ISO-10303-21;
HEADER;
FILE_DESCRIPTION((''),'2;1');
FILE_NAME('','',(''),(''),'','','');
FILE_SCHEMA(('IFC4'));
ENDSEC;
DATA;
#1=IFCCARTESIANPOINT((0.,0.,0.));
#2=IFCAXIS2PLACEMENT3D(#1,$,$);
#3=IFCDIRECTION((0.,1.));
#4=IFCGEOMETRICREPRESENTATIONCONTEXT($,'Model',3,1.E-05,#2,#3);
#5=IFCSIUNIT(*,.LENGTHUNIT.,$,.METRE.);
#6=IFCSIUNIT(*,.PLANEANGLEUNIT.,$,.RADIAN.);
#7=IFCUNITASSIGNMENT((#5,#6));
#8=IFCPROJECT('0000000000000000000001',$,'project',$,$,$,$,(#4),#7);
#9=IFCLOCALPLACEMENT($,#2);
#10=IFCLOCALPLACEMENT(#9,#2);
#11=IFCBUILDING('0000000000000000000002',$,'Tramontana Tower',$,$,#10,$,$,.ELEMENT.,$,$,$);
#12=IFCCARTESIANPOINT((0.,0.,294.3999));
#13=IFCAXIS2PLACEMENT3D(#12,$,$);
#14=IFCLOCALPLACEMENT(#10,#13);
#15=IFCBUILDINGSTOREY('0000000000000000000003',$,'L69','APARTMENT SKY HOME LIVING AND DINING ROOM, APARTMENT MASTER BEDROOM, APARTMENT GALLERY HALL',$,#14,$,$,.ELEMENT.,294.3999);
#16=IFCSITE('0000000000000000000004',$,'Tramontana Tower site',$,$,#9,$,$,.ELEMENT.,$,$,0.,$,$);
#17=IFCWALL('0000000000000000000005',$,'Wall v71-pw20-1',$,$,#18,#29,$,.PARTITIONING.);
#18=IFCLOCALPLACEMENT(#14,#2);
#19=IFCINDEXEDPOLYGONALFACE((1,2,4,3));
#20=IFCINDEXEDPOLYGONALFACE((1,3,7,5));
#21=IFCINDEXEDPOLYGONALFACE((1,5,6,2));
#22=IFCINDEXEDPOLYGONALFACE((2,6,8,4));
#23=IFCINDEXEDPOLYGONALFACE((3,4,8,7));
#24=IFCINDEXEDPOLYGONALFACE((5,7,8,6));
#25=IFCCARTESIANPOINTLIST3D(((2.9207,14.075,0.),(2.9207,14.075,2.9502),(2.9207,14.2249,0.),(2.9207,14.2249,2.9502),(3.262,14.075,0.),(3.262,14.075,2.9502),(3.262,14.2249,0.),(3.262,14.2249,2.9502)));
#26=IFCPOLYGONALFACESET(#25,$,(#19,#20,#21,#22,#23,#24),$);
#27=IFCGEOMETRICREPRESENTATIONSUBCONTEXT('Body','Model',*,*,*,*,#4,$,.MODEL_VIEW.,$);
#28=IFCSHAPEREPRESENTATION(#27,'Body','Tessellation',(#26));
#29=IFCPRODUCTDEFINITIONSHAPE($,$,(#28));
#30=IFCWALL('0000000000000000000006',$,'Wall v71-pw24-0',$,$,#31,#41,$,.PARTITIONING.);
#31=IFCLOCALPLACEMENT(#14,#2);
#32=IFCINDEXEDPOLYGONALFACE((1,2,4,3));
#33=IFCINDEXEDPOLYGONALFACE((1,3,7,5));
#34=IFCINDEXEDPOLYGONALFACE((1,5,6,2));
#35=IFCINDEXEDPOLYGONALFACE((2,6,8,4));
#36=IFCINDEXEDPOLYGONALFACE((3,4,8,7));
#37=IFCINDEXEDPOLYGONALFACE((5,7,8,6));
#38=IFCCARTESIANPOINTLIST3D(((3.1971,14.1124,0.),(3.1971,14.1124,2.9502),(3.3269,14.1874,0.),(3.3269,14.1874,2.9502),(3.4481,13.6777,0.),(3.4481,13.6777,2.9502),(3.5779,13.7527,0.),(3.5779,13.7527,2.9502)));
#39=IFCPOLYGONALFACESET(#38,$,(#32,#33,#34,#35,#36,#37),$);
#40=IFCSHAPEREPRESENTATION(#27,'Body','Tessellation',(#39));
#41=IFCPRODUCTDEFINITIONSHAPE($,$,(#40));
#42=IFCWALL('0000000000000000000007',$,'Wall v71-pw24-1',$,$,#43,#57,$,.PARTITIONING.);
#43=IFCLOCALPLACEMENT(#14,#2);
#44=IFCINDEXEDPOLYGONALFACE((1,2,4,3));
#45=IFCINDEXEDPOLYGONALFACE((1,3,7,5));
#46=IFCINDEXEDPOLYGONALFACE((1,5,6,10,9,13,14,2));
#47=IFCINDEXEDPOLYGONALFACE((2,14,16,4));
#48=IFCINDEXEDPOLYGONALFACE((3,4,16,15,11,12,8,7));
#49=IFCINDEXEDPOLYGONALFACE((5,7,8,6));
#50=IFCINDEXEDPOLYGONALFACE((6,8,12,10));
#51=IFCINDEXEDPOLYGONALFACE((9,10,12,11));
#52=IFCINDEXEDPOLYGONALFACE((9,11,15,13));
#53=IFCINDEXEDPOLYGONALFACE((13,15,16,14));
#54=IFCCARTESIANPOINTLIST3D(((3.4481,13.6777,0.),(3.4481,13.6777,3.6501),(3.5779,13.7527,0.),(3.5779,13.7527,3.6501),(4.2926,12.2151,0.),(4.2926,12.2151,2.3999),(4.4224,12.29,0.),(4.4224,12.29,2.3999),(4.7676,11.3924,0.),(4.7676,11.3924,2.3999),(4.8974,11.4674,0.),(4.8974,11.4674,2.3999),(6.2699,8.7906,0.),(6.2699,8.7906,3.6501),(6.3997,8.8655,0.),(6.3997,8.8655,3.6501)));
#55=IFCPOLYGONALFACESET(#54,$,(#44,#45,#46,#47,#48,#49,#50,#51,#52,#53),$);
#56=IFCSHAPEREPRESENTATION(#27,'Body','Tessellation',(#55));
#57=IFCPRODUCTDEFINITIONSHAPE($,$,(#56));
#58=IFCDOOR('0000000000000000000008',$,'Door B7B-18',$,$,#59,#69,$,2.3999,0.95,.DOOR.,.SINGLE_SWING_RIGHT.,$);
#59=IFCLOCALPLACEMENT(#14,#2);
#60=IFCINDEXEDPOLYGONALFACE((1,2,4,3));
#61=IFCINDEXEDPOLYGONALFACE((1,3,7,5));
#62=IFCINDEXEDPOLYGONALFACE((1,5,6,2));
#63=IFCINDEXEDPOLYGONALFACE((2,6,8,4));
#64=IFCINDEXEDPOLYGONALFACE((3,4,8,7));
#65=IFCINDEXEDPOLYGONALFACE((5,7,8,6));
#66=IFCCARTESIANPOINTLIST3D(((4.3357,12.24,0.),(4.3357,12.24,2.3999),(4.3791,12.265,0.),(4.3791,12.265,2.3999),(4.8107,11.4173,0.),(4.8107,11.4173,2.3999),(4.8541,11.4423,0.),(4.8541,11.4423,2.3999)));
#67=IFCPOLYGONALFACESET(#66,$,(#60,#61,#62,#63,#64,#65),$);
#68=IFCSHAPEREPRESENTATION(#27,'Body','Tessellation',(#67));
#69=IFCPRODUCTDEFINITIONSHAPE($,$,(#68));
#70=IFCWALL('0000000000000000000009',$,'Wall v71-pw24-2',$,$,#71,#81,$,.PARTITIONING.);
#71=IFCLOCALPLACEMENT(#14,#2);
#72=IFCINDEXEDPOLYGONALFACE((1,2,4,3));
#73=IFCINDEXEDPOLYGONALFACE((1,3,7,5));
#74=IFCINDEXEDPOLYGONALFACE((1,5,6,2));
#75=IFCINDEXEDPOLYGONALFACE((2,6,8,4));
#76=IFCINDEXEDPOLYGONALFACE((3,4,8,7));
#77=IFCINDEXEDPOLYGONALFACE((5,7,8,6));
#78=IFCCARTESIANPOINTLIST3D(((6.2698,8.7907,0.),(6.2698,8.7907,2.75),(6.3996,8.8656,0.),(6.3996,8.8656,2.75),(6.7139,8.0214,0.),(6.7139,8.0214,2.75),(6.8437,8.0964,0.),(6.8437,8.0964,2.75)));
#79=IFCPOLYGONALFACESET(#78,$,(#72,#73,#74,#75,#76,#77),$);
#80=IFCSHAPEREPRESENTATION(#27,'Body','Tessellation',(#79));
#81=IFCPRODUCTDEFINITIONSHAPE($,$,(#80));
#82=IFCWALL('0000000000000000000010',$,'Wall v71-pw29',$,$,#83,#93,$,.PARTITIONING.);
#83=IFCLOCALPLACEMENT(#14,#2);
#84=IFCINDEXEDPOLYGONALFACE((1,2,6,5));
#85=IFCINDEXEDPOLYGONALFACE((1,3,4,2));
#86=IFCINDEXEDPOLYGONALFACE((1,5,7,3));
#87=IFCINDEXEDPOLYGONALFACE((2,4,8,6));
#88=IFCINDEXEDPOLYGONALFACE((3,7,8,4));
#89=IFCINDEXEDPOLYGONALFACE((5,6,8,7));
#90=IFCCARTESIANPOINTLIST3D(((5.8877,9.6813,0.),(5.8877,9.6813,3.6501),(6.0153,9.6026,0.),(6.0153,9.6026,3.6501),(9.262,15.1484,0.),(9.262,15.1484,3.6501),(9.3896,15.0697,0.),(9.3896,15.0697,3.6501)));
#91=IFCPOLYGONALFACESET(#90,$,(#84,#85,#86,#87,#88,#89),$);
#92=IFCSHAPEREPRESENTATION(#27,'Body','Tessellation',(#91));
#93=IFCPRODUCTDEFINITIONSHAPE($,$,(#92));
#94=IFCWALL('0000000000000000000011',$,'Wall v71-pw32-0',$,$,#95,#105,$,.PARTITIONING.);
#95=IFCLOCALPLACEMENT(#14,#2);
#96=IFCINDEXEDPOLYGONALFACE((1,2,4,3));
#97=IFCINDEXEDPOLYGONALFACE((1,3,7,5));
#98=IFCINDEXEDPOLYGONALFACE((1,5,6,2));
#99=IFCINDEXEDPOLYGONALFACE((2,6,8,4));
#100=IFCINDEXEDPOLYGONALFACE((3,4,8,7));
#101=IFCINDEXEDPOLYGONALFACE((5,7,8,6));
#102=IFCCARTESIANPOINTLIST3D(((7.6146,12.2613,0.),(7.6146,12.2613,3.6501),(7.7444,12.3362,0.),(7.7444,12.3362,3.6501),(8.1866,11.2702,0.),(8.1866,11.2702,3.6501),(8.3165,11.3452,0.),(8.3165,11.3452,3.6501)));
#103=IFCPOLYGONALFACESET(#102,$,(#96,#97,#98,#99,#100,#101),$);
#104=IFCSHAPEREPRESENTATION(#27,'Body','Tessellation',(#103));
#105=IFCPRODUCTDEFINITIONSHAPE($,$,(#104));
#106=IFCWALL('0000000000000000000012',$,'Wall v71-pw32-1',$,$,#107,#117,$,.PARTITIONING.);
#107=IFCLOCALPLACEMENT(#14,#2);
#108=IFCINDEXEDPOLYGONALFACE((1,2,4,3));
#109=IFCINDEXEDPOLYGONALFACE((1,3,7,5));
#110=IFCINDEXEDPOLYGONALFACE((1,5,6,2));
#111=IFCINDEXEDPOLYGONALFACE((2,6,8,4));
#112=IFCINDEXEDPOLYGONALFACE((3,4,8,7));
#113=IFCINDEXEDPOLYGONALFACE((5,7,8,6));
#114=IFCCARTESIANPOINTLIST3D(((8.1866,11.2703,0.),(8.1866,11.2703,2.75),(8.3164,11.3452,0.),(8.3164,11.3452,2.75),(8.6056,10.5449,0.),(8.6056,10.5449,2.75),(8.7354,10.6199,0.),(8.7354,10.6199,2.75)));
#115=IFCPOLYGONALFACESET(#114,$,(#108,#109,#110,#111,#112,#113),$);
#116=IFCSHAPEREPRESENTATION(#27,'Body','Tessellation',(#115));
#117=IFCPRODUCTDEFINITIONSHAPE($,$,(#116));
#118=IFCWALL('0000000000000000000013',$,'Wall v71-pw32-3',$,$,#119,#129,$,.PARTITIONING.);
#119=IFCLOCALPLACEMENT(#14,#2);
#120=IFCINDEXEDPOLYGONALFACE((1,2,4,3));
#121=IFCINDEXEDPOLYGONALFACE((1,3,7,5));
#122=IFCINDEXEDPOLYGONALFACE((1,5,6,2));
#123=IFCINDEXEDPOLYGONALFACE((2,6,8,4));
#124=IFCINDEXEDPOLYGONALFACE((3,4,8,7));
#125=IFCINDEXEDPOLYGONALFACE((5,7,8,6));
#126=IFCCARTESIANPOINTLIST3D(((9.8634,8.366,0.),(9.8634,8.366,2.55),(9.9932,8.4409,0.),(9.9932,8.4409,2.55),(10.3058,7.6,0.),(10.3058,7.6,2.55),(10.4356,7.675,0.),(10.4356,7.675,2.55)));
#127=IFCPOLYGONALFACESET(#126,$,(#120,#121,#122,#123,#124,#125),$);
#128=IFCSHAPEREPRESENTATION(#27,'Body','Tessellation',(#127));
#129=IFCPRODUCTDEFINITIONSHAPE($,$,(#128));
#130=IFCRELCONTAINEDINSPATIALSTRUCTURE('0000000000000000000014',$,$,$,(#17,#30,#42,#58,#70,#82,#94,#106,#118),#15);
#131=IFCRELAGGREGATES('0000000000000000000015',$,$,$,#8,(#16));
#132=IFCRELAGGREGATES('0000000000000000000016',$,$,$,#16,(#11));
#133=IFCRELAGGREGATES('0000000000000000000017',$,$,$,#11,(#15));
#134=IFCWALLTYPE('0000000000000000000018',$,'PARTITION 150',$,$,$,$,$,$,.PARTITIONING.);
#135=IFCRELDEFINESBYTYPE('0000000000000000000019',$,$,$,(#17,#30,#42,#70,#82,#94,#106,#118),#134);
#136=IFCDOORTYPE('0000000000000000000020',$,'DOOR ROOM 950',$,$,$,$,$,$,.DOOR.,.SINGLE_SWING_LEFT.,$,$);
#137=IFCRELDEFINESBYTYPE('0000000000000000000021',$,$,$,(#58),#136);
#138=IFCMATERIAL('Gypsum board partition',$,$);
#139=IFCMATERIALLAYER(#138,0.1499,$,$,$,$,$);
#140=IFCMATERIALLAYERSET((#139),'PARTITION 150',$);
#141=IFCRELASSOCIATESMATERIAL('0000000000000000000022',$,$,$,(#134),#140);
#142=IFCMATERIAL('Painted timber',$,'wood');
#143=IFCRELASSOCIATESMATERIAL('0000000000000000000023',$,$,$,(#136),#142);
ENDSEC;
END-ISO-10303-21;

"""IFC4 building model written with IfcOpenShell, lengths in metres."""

from ifc_helpers import new_model, si_unit, direction, frame, frame_2d, origin, place, context, subcontext, project, spatial, rectangle, extrude, material, layer, layer_set, type_object, element, fill, save


model = new_model("IFC4")

# Units and contexts
model_context = context("Model", 3, precision=1e-05, world=origin(), true_north=direction((0.0, 1.0)))
body_context = subcontext(model_context, "Body", "Model", "MODEL_VIEW")
ifc_project = project(units=[si_unit("LENGTHUNIT", "METRE"), si_unit("PLANEANGLEUNIT", "RADIAN")], contexts=[model_context])

# Site, building, storey
site_placement = place(None, origin())
site = spatial("IfcSite", under=ifc_project, at=site_placement, Name="Tramontana Tower site", CompositionType="ELEMENT", RefElevation=0.0)
building_placement = place(site_placement, origin())
building = spatial("IfcBuilding", under=site, at=building_placement, Name="Tramontana Tower", CompositionType="ELEMENT")
storey_placement = place(building_placement, frame((0.0, 0.0, 294.3999)))
storey = spatial("IfcBuildingStorey", under=building, at=storey_placement, Name="L69", Description="APARTMENT SKY HOME LIVING AND DINING ROOM, APARTMENT MASTER BEDROOM, APARTMENT GALLERY HALL", CompositionType="ELEMENT", Elevation=294.3999)

# Walls
ifc_material_1 = material(Name="Gypsum board partition")
ifc_layer_1 = layer(ifc_material_1, 0.1499)
ifc_layer_set_1 = layer_set([ifc_layer_1], Name="PARTITION 150")
wall_type_1 = type_object("IfcWallType", Name="PARTITION 150", PredefinedType="PARTITIONING", material=ifc_layer_set_1)
wall_1_placement = place(storey_placement, frame((2.9207, 14.1499, 0.0), z_axis=(0.0, 0.0, 1.0), x_axis=(1.0, 0.0, 0.0)))
element("IfcWall", 1, at=wall_1_placement, inside=storey, type_object=wall_type_1, Name="Wall v71-pw20-1", PredefinedType="PARTITIONING", context=body_context, shape_type="SweptSolid", body=[
    extrude(rectangle(XDim=0.3413, YDim=0.1499, at=frame_2d((0.1707, 0.0))), origin(), (0.0, 0.0, 1.0), 2.9502),
])
wall_2_placement = place(storey_placement, frame((3.262, 14.1499, 0.0), z_axis=(0.0, 0.0, 1.0), x_axis=(0.500115, -0.865959, 0.0)))
element("IfcWall", 2, at=wall_2_placement, inside=storey, type_object=wall_type_1, Name="Wall v71-pw24-0", PredefinedType="PARTITIONING", context=body_context, shape_type="SweptSolid", body=[
    extrude(rectangle(XDim=0.502, YDim=0.1499, at=frame_2d((0.251, 0.0))), origin(), (0.0, 0.0, 1.0), 2.9502),
])

# Wall, opening, door
wall_3_placement = place(storey_placement, frame((3.5129, 13.7153, 0.0), z_axis=(0.0, 0.0, 1.0), x_axis=(0.50002, -0.866014, 0.0)))
wall_3 = element("IfcWall", 3, at=wall_3_placement, inside=storey, type_object=wall_type_1, Name="Wall v71-pw24-1", PredefinedType="PARTITIONING", context=body_context, shape_type="SweptSolid", body=[
    extrude(rectangle(XDim=5.6433, YDim=0.1499, at=frame_2d((2.8218, 0.0))), origin(), (0.0, 0.0, 1.0), 3.6501),
])
opening_1_placement = place(wall_3_placement, frame((1.689, 0.0, 0.0)))
opening_1 = element("IfcOpeningElement", 4, at=opening_1_placement, cuts=wall_3, PredefinedType="OPENING", context=body_context, shape_type="SweptSolid", body=[
    extrude(rectangle(XDim=0.95, YDim=2.3999, at=frame_2d((0.4751, 1.2))), frame((0.0, 0.085, 0.0), z_axis=(0.0, -1.0, 0.0), x_axis=(1.0, 0.0, 0.0)), (0.0, 0.0, 1.0), 0.1699),
])
ifc_material_2 = material(Name="Painted timber", Category="wood")
door_type_1 = type_object("IfcDoorType", Name="DOOR ROOM 950", OperationType="SINGLE_SWING_LEFT", PredefinedType="DOOR", material=ifc_material_2)
door_1_placement = place(opening_1_placement, origin())
door_1 = element("IfcDoor", 5, at=door_1_placement, inside=storey, type_object=door_type_1, Name="Door B7B-18", OperationType="SINGLE_SWING_RIGHT", OverallHeight=2.3999, OverallWidth=0.95, PredefinedType="DOOR", context=body_context, shape_type="SweptSolid", body=[
    extrude(rectangle(XDim=0.95, YDim=2.3999, at=frame_2d((0.4751, 1.2))), frame((0.0, 0.0249, 0.0), z_axis=(0.0, -1.0, 0.0), x_axis=(1.0, 0.0, 0.0)), (0.0, 0.0, 1.0), 0.05),
])
fill(opening_1, door_1)

# Walls
wall_4_placement = place(storey_placement, frame((6.3347, 8.8281, 0.0), z_axis=(0.0, 0.0, 1.0), x_axis=(0.499952, -0.866053, 0.0)))
element("IfcWall", 6, at=wall_4_placement, inside=storey, type_object=wall_type_1, Name="Wall v71-pw24-2", PredefinedType="PARTITIONING", context=body_context, shape_type="SweptSolid", body=[
    extrude(rectangle(XDim=0.8882, YDim=0.1499, at=frame_2d((0.4441, 0.0))), origin(), (0.0, 0.0, 1.0), 2.75),
])
wall_5_placement = place(storey_placement, frame((5.9514, 9.6418, 0.0), z_axis=(0.0, 0.0, 1.0), x_axis=(0.525219, 0.850967, 0.0)))
element("IfcWall", 7, at=wall_5_placement, inside=storey, type_object=wall_type_1, Name="Wall v71-pw29", PredefinedType="PARTITIONING", context=body_context, shape_type="SweptSolid", body=[
    extrude(rectangle(XDim=6.4246, YDim=0.1499, at=frame_2d((3.2124, 0.0))), origin(), (0.0, 0.0, 1.0), 3.6501),
])
wall_6_placement = place(storey_placement, frame((7.6794, 12.2988, 0.0), z_axis=(0.0, 0.0, 1.0), x_axis=(0.499926, -0.866068, 0.0)))
element("IfcWall", 8, at=wall_6_placement, inside=storey, type_object=wall_type_1, Name="Wall v71-pw32-0", PredefinedType="PARTITIONING", context=body_context, shape_type="SweptSolid", body=[
    extrude(rectangle(XDim=1.1443, YDim=0.1499, at=frame_2d((0.5723, 0.0))), origin(), (0.0, 0.0, 1.0), 3.6501),
])
wall_7_placement = place(storey_placement, frame((8.2515, 11.3079, 0.0), z_axis=(0.0, 0.0, 1.0), x_axis=(0.500151, -0.865938, 0.0)))
element("IfcWall", 9, at=wall_7_placement, inside=storey, type_object=wall_type_1, Name="Wall v71-pw32-1", PredefinedType="PARTITIONING", context=body_context, shape_type="SweptSolid", body=[
    extrude(rectangle(XDim=0.8376, YDim=0.1499, at=frame_2d((0.4189, 0.0))), origin(), (0.0, 0.0, 1.0), 2.75),
])

# Wall
wall_8_placement = place(storey_placement, frame((9.9282, 8.4036, 0.0), z_axis=(0.0, 0.0, 1.0), x_axis=(0.500176, -0.865924, 0.0)))
element("IfcWall", 10, at=wall_8_placement, inside=storey, type_object=wall_type_1, Name="Wall v71-pw32-3", PredefinedType="PARTITIONING", context=body_context, shape_type="SweptSolid", body=[
    extrude(rectangle(XDim=0.8845, YDim=0.1499, at=frame_2d((0.4424, 0.0))), origin(), (0.0, 0.0, 1.0), 2.55),
])

save(model, "model.ifc")
